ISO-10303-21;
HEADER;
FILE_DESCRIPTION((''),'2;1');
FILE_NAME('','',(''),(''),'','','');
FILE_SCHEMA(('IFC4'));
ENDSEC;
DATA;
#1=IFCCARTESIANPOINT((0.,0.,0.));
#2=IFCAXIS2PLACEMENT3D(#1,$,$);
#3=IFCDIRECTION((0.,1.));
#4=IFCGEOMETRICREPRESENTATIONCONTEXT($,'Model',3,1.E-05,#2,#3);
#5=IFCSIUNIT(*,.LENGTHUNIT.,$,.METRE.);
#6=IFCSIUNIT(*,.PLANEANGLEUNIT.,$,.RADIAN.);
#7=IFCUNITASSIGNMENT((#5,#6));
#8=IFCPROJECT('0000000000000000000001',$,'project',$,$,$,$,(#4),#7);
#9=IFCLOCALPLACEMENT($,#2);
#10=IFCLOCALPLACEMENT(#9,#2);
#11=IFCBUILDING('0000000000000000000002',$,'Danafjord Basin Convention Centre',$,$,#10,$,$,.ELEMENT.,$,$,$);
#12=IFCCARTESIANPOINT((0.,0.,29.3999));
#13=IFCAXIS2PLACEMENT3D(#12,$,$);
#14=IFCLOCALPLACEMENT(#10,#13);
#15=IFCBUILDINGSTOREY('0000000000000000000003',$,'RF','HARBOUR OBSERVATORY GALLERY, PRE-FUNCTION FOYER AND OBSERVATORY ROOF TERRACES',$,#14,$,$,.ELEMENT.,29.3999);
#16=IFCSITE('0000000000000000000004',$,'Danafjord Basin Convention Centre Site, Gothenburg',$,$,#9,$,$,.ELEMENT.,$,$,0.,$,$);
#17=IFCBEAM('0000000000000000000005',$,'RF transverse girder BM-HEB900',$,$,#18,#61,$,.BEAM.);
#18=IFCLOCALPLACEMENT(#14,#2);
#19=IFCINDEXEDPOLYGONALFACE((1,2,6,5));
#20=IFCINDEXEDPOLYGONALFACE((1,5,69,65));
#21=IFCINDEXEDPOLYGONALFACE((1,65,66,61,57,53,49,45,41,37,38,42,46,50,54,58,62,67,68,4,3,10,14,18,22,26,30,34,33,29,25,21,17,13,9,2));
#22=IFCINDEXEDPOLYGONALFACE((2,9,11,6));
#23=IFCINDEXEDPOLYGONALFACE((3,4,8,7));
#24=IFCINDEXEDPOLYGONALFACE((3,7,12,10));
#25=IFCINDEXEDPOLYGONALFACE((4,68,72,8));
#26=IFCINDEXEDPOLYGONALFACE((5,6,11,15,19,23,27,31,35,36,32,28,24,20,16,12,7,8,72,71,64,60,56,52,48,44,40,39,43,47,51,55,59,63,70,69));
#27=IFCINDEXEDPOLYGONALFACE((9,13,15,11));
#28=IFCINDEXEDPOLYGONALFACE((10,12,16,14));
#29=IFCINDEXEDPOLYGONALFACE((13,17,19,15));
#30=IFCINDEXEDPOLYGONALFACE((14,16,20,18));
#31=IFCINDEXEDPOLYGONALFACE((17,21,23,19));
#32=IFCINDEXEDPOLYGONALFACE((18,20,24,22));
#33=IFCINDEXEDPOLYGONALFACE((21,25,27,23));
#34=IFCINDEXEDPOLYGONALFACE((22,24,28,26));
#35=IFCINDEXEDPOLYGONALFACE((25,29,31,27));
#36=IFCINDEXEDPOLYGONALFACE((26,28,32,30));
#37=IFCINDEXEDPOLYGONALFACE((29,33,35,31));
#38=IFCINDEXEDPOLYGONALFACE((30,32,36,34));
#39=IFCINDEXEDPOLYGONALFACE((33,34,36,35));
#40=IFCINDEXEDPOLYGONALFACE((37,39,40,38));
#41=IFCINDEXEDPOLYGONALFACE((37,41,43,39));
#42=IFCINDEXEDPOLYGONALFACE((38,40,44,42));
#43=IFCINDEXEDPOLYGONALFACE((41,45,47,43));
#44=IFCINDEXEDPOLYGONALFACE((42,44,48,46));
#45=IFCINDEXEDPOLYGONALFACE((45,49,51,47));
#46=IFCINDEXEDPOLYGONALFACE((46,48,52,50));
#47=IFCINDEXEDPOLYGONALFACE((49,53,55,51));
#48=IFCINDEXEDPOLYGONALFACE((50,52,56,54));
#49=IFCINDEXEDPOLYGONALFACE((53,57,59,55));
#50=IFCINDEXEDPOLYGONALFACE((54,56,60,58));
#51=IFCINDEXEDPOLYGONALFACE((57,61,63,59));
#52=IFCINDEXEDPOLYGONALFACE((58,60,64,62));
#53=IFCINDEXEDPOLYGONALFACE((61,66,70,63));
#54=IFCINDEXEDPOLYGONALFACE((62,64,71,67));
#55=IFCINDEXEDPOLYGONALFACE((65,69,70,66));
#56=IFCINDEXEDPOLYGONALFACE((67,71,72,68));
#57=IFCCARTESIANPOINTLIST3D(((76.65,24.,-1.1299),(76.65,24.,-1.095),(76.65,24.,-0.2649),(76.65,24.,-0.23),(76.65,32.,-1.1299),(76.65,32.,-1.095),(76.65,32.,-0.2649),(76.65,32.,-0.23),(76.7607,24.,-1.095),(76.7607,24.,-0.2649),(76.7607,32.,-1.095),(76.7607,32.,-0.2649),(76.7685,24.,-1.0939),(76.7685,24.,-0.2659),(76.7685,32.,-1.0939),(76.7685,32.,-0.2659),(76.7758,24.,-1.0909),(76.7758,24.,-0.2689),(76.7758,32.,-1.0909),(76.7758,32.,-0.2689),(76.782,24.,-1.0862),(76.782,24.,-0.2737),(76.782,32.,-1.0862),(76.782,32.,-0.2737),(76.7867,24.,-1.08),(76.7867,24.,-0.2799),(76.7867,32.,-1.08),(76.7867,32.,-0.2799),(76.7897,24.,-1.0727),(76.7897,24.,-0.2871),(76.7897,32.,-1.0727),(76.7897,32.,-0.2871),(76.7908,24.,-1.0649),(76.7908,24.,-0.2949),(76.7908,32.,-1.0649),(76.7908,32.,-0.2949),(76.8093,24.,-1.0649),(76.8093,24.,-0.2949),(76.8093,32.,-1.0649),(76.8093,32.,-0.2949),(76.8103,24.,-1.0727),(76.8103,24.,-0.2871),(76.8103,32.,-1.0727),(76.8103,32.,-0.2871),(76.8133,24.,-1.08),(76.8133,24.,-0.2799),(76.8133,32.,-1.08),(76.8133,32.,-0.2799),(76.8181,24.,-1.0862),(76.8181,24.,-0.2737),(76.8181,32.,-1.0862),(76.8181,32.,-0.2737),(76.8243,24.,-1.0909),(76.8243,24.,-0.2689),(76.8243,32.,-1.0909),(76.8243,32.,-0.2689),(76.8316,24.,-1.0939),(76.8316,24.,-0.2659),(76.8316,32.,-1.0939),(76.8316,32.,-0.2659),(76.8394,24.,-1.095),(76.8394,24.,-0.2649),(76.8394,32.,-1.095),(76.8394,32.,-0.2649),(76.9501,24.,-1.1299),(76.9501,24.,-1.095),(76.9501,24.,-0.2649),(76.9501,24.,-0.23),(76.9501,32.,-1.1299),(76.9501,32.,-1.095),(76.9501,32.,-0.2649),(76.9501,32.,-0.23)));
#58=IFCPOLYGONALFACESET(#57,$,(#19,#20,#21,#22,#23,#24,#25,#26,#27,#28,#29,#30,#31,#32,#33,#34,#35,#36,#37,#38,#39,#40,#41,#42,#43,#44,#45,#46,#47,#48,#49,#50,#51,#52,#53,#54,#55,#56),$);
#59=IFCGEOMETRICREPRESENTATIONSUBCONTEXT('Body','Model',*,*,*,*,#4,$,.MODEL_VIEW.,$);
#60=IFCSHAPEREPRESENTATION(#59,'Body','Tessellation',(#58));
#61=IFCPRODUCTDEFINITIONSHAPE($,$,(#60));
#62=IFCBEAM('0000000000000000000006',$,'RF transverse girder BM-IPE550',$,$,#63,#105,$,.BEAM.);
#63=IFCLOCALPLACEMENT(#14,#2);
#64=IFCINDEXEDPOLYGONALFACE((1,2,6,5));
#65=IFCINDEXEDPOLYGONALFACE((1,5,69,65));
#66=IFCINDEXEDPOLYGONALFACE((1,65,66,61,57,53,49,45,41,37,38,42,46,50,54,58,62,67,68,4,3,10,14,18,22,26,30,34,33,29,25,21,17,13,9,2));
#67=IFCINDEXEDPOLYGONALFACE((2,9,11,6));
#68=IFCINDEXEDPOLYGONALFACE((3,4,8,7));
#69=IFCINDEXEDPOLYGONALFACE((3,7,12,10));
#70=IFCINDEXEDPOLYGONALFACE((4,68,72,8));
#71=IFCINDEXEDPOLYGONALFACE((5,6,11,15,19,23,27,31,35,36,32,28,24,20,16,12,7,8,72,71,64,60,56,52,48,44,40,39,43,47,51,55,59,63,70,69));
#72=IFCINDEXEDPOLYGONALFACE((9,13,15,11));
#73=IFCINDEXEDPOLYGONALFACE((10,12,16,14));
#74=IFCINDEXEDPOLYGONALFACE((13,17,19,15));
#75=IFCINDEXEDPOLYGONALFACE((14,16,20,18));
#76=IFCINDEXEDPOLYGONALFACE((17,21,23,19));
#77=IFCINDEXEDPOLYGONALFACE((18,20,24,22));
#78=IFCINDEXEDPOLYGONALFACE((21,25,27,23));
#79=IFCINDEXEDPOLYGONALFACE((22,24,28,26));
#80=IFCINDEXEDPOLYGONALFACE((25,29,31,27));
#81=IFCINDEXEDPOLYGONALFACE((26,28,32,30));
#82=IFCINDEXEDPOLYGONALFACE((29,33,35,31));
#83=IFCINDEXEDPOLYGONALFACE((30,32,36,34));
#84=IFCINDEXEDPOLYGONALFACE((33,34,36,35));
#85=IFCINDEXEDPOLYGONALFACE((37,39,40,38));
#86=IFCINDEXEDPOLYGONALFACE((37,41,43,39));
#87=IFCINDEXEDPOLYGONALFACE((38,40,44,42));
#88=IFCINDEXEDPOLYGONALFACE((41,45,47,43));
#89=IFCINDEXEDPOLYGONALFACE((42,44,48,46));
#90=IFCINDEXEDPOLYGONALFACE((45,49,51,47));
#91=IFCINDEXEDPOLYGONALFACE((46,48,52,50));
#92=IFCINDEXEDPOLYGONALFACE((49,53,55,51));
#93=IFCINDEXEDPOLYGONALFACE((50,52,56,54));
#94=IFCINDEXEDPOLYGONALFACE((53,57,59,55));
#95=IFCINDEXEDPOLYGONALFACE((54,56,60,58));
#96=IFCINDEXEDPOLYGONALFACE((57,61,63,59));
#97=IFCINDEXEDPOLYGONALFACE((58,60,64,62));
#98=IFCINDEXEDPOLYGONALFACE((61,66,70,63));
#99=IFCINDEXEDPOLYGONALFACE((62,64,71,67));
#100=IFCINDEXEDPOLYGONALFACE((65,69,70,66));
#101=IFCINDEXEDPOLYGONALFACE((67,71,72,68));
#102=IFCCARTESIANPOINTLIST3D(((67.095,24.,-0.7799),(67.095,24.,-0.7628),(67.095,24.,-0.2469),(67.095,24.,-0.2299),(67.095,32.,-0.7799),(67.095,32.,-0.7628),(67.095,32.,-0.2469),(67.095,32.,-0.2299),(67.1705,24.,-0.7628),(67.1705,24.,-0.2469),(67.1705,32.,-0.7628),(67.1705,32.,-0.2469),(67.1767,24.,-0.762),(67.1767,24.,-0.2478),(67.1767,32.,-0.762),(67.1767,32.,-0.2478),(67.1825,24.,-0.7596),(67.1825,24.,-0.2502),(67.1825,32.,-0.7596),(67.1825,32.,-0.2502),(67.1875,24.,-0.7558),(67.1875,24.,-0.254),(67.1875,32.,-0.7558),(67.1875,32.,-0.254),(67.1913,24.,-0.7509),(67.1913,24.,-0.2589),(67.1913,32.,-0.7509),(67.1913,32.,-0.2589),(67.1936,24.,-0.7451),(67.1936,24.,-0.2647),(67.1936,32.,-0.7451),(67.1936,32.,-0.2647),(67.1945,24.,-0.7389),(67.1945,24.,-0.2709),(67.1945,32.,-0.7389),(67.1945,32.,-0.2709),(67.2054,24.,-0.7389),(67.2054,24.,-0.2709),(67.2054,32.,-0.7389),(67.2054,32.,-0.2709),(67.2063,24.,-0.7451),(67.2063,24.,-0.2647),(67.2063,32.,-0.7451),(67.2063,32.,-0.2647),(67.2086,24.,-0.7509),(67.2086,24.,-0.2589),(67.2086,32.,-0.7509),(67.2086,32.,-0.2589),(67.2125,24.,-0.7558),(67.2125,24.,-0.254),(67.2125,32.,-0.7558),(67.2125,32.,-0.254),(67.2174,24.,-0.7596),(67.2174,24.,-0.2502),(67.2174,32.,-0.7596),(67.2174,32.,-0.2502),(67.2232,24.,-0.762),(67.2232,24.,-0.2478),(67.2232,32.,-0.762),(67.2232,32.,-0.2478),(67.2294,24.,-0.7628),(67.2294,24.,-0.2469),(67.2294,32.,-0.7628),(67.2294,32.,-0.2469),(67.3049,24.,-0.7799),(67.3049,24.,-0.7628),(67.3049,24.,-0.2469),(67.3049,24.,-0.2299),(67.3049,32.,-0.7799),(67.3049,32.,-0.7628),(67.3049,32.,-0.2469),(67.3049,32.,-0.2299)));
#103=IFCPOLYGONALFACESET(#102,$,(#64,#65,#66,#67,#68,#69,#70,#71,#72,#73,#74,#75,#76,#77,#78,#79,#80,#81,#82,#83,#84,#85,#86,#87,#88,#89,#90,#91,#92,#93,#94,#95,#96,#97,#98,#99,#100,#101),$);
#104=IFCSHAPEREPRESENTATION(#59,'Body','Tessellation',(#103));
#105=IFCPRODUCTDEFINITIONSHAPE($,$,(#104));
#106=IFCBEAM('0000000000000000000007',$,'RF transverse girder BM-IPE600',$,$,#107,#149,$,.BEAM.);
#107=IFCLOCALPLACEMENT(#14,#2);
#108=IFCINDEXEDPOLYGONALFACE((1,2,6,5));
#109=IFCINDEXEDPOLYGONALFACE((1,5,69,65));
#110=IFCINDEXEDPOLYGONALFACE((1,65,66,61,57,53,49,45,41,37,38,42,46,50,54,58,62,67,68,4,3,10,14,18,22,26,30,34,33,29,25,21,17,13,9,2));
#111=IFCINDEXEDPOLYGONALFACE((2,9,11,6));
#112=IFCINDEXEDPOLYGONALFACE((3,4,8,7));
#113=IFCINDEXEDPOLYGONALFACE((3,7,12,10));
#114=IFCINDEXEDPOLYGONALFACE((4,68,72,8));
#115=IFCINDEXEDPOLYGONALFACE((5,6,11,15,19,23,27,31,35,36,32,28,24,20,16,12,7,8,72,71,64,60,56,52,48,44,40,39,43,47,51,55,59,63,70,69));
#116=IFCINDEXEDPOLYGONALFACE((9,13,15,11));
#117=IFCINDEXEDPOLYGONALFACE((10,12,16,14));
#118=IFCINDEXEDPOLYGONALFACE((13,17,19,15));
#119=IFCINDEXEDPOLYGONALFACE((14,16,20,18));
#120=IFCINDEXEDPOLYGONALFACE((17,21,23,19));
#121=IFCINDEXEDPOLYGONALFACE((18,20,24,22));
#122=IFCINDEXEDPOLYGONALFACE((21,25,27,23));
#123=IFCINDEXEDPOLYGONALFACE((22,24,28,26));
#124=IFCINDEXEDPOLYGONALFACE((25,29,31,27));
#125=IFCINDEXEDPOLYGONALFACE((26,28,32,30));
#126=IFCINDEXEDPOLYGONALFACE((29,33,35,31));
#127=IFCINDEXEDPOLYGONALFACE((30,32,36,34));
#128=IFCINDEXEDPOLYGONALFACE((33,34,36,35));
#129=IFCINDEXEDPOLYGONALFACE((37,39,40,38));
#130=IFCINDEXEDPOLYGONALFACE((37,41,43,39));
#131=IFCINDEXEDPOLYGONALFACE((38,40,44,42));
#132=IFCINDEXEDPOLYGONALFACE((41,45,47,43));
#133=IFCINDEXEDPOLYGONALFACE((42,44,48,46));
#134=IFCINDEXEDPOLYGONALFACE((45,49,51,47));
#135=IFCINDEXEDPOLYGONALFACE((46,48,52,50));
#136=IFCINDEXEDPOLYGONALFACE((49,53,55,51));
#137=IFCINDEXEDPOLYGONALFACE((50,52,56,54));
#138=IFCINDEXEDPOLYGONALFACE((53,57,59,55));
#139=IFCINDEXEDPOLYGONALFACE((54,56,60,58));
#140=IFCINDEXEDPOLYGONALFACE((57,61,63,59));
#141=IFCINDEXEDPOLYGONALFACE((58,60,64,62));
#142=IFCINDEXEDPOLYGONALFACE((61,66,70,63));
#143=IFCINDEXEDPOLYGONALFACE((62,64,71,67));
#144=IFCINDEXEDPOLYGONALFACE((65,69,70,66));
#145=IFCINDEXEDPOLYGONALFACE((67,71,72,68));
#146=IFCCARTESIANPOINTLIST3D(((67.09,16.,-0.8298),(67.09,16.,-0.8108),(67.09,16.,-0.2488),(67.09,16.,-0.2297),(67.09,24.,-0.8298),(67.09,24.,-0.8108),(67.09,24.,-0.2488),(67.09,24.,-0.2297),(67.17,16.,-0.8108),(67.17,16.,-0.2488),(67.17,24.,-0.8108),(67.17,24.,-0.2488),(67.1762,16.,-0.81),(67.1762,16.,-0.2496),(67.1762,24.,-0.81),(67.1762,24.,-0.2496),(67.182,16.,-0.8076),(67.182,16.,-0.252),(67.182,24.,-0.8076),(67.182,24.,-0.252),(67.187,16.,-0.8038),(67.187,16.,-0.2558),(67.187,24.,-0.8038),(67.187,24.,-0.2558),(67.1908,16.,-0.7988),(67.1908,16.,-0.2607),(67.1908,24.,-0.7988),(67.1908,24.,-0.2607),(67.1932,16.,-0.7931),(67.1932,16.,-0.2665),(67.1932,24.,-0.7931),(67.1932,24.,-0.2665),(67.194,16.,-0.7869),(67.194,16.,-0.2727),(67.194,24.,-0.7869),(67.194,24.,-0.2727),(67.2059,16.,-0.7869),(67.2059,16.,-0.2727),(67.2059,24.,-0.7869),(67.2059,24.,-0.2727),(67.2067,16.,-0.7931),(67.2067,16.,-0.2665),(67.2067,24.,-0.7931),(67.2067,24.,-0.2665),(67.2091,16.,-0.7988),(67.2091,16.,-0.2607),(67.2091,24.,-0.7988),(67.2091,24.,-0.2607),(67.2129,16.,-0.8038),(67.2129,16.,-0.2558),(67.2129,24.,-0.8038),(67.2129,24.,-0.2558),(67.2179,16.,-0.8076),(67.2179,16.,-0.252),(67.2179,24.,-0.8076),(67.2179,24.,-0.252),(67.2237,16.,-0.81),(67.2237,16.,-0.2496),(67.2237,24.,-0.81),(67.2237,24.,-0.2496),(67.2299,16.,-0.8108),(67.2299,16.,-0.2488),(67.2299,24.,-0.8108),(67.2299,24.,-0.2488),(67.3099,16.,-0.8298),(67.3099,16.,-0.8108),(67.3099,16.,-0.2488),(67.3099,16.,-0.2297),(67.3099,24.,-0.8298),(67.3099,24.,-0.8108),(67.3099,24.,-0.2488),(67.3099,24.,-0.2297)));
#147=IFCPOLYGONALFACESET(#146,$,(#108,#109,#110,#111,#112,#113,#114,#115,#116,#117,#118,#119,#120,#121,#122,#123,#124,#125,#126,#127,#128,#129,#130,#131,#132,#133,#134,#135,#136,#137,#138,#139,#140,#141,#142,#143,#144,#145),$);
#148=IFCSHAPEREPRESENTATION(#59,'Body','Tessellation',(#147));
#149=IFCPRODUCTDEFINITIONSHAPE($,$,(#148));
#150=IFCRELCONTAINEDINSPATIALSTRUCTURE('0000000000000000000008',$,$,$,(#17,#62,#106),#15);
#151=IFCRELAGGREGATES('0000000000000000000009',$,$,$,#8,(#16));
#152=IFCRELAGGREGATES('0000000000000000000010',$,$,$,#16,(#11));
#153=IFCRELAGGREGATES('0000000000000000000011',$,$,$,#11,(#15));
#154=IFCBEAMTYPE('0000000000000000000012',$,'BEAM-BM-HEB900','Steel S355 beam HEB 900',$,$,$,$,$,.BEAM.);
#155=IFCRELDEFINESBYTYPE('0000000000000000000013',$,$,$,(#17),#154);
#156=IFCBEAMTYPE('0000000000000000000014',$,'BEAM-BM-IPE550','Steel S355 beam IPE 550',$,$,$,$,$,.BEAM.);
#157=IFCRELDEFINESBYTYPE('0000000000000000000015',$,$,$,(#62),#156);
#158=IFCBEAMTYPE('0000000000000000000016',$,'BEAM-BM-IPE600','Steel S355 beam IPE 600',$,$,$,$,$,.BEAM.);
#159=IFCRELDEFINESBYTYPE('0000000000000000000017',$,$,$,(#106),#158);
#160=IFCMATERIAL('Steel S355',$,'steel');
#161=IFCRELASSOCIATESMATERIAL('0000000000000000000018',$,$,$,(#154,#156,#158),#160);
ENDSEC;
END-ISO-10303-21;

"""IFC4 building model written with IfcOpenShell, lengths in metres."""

from ifc_helpers import new_model, si_unit, direction, frame, origin, origin_2d, place, context, subcontext, project, spatial, i_section, extrude, material, material_profile, profile_set, type_object, element, save


model = new_model("IFC4")

# Units and contexts
model_context = context("Model", 3, precision=1e-05, world=origin(), true_north=direction((0.0, 1.0)))
body_context = subcontext(model_context, "Body", "Model", "MODEL_VIEW")
ifc_project = project(units=[si_unit("LENGTHUNIT", "METRE"), si_unit("PLANEANGLEUNIT", "RADIAN")], contexts=[model_context])

# Site, building, storey
site_placement = place(None, origin())
site = spatial("IfcSite", under=ifc_project, at=site_placement, Name="Danafjord Basin Convention Centre Site, Gothenburg", CompositionType="ELEMENT", RefElevation=0.0)
building_placement = place(site_placement, origin())
building = spatial("IfcBuilding", under=site, at=building_placement, Name="Danafjord Basin Convention Centre", CompositionType="ELEMENT")
storey_placement = place(building_placement, frame((0.0, 0.0, 29.3999)))
storey = spatial("IfcBuildingStorey", under=building, at=storey_placement, Name="RF", Description="HARBOUR OBSERVATORY GALLERY, PRE-FUNCTION FOYER AND OBSERVATORY ROOF TERRACES", CompositionType="ELEMENT", Elevation=29.3999)

# Shared definitions
ifc_material_1 = material(Name="Steel S355", Category="steel")

# Beams
ifc_material_profile_1 = material_profile(ifc_material_1, i_section(OverallWidth=0.3, OverallDepth=0.8999, WebThickness=0.0186, FlangeThickness=0.0349, FilletRadius=0.03, at=origin_2d()), Name="HEB 900")
ifc_profile_set_1 = profile_set([ifc_material_profile_1], Name="Steel S355")
beam_type_1 = type_object("IfcBeamType", Name="BEAM-BM-HEB900", Description="Steel S355 beam HEB 900", PredefinedType="BEAM", material=ifc_profile_set_1)
beam_1_placement = place(storey_placement, frame((76.8, 24.0, -0.6799), z_axis=(0.0, 1.0, 0.0), x_axis=(-1.0, 0.0, 0.0)))
element("IfcBeam", 1, at=beam_1_placement, inside=storey, type_object=beam_type_1, Name="RF transverse girder BM-HEB900", PredefinedType="BEAM", context=body_context, shape_type="SweptSolid", body=[
    extrude(i_section(OverallWidth=0.3, OverallDepth=0.8999, WebThickness=0.0186, FlangeThickness=0.0349, FilletRadius=0.03, at=origin_2d()), origin(), (0.0, 0.0, 1.0), 8.0),
])
ifc_material_profile_2 = material_profile(ifc_material_1, i_section(OverallWidth=0.21, OverallDepth=0.55, WebThickness=0.011, FlangeThickness=0.0171, FilletRadius=0.0239, at=origin_2d()), Name="IPE 550")
ifc_profile_set_2 = profile_set([ifc_material_profile_2], Name="Steel S355")
beam_type_2 = type_object("IfcBeamType", Name="BEAM-BM-IPE550", Description="Steel S355 beam IPE 550", PredefinedType="BEAM", material=ifc_profile_set_2)
beam_2_placement = place(storey_placement, frame((67.2, 24.0, -0.5049), z_axis=(0.0, 1.0, 0.0), x_axis=(-1.0, 0.0, 0.0)))
element("IfcBeam", 2, at=beam_2_placement, inside=storey, type_object=beam_type_2, Name="RF transverse girder BM-IPE550", PredefinedType="BEAM", context=body_context, shape_type="SweptSolid", body=[
    extrude(i_section(OverallWidth=0.21, OverallDepth=0.55, WebThickness=0.011, FlangeThickness=0.0171, FilletRadius=0.0239, at=origin_2d()), origin(), (0.0, 0.0, 1.0), 8.0),
])
ifc_material_profile_3 = material_profile(ifc_material_1, i_section(OverallWidth=0.22, OverallDepth=0.6001, WebThickness=0.012, FlangeThickness=0.019, FilletRadius=0.0239, at=origin_2d()), Name="IPE 600")
ifc_profile_set_3 = profile_set([ifc_material_profile_3], Name="Steel S355")
beam_type_3 = type_object("IfcBeamType", Name="BEAM-BM-IPE600", Description="Steel S355 beam IPE 600", PredefinedType="BEAM", material=ifc_profile_set_3)
beam_3_placement = place(storey_placement, frame((67.2, 16.0, -0.5298), z_axis=(0.0, 1.0, 0.0), x_axis=(-1.0, 0.0, 0.0)))
element("IfcBeam", 3, at=beam_3_placement, inside=storey, type_object=beam_type_3, Name="RF transverse girder BM-IPE600", PredefinedType="BEAM", context=body_context, shape_type="SweptSolid", body=[
    extrude(i_section(OverallWidth=0.22, OverallDepth=0.6001, WebThickness=0.012, FlangeThickness=0.019, FilletRadius=0.0239, at=origin_2d()), origin(), (0.0, 0.0, 1.0), 8.0),
])

save(model, "model.ifc")
